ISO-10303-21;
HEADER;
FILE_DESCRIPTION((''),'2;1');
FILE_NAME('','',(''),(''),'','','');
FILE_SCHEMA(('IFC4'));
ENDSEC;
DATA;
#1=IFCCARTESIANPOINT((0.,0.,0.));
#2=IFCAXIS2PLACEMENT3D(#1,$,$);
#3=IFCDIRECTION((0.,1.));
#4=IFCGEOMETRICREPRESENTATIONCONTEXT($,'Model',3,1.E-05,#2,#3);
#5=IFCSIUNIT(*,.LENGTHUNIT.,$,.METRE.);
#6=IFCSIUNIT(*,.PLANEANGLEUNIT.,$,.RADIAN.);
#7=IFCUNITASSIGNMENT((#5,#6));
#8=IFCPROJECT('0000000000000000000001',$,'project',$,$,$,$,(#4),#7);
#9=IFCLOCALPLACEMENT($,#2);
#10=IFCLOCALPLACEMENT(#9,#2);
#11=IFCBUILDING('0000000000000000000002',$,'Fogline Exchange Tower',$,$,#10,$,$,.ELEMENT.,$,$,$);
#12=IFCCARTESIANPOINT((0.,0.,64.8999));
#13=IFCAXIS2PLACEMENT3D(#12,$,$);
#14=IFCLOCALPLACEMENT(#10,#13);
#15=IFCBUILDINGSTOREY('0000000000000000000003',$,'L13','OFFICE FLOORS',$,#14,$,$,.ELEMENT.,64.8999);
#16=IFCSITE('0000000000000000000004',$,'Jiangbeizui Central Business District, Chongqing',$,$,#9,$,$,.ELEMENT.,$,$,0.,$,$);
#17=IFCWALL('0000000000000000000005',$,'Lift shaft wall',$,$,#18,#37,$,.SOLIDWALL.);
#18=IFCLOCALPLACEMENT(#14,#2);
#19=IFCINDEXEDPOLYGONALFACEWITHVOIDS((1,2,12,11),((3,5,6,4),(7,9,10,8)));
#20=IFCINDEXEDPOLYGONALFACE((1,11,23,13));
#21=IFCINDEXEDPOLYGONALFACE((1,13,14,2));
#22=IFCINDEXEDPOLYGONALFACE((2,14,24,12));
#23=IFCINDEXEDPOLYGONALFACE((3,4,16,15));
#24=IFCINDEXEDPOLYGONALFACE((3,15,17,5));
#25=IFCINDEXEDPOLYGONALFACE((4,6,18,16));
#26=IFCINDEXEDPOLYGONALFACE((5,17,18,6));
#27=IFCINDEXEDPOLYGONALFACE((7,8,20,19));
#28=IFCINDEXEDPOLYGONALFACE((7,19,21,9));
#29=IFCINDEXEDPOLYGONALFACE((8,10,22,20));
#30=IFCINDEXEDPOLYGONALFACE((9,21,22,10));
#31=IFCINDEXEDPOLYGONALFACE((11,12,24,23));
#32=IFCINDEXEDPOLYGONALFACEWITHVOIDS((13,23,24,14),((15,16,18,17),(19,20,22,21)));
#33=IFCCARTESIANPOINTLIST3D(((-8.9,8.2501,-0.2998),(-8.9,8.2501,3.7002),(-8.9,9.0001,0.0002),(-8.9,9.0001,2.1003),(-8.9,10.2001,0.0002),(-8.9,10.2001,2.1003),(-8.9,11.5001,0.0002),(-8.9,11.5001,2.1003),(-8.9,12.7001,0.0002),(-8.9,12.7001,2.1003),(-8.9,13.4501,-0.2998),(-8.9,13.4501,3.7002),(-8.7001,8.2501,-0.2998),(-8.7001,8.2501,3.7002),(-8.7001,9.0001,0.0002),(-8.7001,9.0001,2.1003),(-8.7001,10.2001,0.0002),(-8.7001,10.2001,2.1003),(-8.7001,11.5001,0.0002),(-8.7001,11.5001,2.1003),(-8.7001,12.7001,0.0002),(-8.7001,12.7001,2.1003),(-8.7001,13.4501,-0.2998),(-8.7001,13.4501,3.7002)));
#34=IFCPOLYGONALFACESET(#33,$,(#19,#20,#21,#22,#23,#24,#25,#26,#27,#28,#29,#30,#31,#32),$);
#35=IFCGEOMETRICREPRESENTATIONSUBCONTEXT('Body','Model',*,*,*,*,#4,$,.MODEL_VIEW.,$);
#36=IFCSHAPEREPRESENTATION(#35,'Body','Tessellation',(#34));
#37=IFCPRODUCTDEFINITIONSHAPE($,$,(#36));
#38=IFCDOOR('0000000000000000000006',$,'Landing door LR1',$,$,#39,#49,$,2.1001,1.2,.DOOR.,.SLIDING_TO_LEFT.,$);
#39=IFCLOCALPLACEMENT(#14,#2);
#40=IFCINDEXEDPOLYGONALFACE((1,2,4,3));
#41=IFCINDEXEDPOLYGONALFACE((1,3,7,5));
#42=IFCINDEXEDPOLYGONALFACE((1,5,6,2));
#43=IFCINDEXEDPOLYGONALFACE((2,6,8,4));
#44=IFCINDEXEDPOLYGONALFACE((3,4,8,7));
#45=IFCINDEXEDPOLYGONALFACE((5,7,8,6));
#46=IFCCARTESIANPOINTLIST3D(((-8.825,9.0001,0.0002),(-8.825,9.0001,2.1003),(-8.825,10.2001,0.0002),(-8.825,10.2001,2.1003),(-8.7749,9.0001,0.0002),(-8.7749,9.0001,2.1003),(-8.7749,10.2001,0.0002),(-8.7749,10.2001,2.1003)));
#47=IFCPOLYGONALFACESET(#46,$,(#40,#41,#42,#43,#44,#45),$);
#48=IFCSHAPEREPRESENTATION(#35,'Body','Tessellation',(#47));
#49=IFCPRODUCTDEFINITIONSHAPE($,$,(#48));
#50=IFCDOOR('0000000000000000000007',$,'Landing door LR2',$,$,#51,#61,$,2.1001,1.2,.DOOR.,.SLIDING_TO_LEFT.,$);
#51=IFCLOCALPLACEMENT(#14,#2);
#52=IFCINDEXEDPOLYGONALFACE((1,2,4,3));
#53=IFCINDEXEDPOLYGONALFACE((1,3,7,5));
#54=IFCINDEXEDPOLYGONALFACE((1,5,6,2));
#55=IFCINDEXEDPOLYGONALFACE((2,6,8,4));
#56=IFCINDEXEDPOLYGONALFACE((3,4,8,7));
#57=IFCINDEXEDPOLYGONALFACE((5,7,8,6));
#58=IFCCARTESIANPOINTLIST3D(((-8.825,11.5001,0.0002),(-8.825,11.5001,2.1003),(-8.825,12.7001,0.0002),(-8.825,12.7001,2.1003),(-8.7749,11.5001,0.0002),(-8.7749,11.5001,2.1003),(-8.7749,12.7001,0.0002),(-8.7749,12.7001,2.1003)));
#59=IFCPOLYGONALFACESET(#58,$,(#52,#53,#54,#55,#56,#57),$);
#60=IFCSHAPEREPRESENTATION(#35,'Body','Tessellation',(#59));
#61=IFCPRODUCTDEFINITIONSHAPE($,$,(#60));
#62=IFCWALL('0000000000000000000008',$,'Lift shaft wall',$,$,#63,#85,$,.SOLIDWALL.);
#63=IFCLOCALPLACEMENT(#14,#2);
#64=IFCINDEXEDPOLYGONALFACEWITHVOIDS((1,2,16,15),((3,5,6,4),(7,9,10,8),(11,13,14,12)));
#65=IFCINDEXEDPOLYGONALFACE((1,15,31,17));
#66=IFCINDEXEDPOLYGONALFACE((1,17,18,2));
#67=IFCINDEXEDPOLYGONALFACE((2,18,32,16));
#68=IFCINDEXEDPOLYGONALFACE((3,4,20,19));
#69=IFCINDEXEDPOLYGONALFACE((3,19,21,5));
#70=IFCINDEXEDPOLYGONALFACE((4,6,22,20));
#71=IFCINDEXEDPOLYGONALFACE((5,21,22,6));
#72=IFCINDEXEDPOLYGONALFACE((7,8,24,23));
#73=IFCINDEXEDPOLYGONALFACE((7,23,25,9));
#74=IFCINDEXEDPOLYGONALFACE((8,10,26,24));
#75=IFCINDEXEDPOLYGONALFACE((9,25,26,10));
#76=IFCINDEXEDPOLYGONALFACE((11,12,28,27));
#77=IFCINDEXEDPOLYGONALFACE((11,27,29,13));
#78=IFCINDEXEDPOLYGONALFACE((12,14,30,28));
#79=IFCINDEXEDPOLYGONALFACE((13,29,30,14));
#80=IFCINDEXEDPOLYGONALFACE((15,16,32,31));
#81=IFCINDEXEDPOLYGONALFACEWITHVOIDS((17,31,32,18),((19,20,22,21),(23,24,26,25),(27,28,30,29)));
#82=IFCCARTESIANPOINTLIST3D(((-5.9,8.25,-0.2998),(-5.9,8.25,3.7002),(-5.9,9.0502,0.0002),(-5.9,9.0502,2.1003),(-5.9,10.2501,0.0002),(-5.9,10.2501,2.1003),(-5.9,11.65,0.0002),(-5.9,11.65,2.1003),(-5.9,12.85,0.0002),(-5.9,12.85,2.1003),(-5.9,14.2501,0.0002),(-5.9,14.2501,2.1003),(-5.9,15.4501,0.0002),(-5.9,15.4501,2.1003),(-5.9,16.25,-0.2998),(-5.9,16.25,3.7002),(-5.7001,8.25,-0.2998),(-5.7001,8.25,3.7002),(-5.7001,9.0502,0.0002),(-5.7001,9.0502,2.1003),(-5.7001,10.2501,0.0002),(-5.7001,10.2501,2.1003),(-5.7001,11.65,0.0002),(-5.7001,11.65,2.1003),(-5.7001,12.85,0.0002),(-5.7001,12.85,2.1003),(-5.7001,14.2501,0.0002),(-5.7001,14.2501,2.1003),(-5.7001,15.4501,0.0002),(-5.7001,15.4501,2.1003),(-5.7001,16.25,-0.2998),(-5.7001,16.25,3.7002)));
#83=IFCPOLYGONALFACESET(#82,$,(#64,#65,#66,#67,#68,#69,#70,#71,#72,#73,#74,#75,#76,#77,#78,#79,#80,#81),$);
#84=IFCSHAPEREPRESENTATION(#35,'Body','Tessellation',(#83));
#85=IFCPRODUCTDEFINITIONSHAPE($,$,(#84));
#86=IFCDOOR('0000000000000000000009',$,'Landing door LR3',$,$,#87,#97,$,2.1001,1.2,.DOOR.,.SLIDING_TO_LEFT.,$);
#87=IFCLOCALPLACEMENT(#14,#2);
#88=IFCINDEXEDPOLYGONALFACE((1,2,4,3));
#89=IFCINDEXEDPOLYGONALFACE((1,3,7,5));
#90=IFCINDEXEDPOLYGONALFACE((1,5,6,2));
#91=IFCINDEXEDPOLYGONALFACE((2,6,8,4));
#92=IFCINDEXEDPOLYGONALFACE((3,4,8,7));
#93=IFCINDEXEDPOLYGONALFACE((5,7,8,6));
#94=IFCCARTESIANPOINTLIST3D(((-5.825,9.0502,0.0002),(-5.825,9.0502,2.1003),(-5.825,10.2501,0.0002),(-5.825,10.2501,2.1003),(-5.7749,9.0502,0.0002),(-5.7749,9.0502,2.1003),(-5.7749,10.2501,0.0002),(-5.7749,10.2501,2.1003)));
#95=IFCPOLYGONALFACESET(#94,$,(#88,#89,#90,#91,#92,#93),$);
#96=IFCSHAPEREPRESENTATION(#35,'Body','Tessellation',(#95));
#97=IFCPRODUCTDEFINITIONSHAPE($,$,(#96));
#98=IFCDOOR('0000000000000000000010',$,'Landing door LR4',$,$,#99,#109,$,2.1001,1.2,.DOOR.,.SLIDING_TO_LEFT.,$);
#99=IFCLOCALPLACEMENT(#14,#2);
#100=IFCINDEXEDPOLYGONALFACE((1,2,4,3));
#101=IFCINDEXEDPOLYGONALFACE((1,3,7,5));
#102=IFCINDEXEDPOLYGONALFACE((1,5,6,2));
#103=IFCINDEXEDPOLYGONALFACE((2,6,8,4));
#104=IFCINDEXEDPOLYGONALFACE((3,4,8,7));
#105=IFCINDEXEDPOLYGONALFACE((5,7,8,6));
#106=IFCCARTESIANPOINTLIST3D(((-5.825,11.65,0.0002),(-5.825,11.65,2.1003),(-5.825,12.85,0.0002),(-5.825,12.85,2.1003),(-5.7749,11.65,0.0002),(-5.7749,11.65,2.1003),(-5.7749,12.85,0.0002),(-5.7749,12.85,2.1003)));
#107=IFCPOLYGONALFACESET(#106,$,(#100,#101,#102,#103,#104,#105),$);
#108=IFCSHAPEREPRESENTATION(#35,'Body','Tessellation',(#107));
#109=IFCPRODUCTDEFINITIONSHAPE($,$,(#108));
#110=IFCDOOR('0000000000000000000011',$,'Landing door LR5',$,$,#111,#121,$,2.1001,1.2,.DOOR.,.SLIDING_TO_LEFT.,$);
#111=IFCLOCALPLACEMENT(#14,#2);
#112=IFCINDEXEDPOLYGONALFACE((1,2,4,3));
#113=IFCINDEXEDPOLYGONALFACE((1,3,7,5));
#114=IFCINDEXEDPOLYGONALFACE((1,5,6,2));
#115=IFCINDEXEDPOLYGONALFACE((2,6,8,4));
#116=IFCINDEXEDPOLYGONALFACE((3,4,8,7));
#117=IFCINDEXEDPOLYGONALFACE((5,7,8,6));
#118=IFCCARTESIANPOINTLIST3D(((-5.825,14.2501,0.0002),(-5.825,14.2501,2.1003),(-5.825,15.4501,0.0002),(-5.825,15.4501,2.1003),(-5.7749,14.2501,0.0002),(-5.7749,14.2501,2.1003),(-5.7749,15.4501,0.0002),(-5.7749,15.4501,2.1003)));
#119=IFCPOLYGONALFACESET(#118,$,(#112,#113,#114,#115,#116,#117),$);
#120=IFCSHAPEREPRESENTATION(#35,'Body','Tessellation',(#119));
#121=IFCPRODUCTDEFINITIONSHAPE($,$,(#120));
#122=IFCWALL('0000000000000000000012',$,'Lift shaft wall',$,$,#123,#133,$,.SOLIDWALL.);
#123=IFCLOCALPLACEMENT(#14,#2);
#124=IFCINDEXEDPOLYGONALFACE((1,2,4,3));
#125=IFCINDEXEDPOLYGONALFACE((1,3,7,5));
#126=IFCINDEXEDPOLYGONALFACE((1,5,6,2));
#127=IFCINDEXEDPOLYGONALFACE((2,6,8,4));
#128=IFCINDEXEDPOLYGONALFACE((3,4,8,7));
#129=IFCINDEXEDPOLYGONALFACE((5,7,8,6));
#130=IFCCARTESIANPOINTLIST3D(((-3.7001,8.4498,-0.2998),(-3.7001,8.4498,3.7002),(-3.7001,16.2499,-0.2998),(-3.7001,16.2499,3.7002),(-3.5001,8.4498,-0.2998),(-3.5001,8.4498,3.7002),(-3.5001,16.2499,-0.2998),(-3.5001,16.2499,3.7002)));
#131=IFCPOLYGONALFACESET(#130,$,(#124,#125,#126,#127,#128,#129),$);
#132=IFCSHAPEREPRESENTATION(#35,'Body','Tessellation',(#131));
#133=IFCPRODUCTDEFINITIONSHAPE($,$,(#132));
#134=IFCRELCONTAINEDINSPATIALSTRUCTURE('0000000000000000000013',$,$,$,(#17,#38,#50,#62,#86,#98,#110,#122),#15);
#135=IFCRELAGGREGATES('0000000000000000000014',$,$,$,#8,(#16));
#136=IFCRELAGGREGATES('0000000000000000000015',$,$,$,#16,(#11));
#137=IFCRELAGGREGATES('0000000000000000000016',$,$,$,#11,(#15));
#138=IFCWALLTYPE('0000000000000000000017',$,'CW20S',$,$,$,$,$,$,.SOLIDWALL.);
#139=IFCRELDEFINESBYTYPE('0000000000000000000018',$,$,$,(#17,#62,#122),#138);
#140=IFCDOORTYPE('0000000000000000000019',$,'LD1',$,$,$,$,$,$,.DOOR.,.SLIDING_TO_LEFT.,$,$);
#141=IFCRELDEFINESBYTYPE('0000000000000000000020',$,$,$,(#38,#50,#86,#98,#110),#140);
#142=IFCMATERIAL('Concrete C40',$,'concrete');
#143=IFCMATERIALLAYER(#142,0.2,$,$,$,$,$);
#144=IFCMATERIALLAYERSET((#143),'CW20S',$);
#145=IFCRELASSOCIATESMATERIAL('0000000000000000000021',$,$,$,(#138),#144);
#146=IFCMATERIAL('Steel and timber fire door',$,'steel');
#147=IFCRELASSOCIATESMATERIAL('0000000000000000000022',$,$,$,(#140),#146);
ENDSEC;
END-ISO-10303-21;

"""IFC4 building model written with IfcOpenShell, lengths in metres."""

from ifc_helpers import new_model, si_unit, direction, frame, frame_2d, origin, place, context, subcontext, project, spatial, rectangle, extrude, material, layer, layer_set, type_object, element, fill, save


model = new_model("IFC4")

# Units and contexts
model_context = context("Model", 3, precision=1e-05, world=origin(), true_north=direction((0.0, 1.0)))
body_context = subcontext(model_context, "Body", "Model", "MODEL_VIEW")
ifc_project = project(units=[si_unit("LENGTHUNIT", "METRE"), si_unit("PLANEANGLEUNIT", "RADIAN")], contexts=[model_context])

# Site, building, storey
site_placement = place(None, origin())
site = spatial("IfcSite", under=ifc_project, at=site_placement, Name="Jiangbeizui Central Business District, Chongqing", CompositionType="ELEMENT", RefElevation=0.0)
building_placement = place(site_placement, origin())
building = spatial("IfcBuilding", under=site, at=building_placement, Name="Fogline Exchange Tower", CompositionType="ELEMENT")
storey_placement = place(building_placement, frame((0.0, 0.0, 64.8999)))
storey = spatial("IfcBuildingStorey", under=building, at=storey_placement, Name="L13", Description="OFFICE FLOORS", CompositionType="ELEMENT", Elevation=64.8999)

# Shared definitions
ifc_material_1 = material(Name="Steel and timber fire door", Category="steel")

# Shared definitions
ifc_material_2 = material(Name="Concrete C40", Category="concrete")

# Walls, openings, doors
ifc_layer_1 = layer(ifc_material_2, 0.2)
ifc_layer_set_1 = layer_set([ifc_layer_1], Name="CW20S")
wall_type_1 = type_object("IfcWallType", Name="CW20S", PredefinedType="SOLIDWALL", material=ifc_layer_set_1)
wall_1_placement = place(storey_placement, frame((-8.8, 8.25, -0.2998), z_axis=(0.0, 0.0, 1.0), x_axis=(0.0, 1.0, 0.0)))
wall_1 = element("IfcWall", 1, at=wall_1_placement, inside=storey, type_object=wall_type_1, Name="Lift shaft wall", PredefinedType="SOLIDWALL", context=body_context, shape_type="SweptSolid", body=[
    extrude(rectangle(XDim=5.2, YDim=0.2, at=frame_2d((2.6001, 0.0))), origin(), (0.0, 0.0, 1.0), 4.0),
])
opening_1_placement = place(wall_1_placement, frame((0.75, 0.0, 0.3)))
opening_1 = element("IfcOpeningElement", 2, at=opening_1_placement, cuts=wall_1, PredefinedType="OPENING", context=body_context, shape_type="SweptSolid", body=[
    extrude(rectangle(XDim=1.2, YDim=2.1001, at=frame_2d((0.6001, 1.05))), frame((0.0, 0.1099, 0.0), z_axis=(0.0, -1.0, 0.0), x_axis=(1.0, 0.0, 0.0)), (0.0, 0.0, 1.0), 0.22),
])
opening_2_placement = place(wall_1_placement, frame((3.25, 0.0, 0.3)))
opening_2 = element("IfcOpeningElement", 3, at=opening_2_placement, cuts=wall_1, PredefinedType="OPENING", context=body_context, shape_type="SweptSolid", body=[
    extrude(rectangle(XDim=1.2, YDim=2.1001, at=frame_2d((0.6001, 1.05))), frame((0.0, 0.1099, 0.0), z_axis=(0.0, -1.0, 0.0), x_axis=(1.0, 0.0, 0.0)), (0.0, 0.0, 1.0), 0.22),
])
door_type_1 = type_object("IfcDoorType", Name="LD1", OperationType="SLIDING_TO_LEFT", PredefinedType="DOOR", material=ifc_material_1)
door_1_placement = place(opening_1_placement, origin())
door_1 = element("IfcDoor", 4, at=door_1_placement, inside=storey, type_object=door_type_1, Name="Landing door LR1", OperationType="SLIDING_TO_LEFT", OverallHeight=2.1001, OverallWidth=1.2, PredefinedType="DOOR", context=body_context, shape_type="SweptSolid", body=[
    extrude(rectangle(XDim=1.2, YDim=2.1001, at=frame_2d((0.6001, 1.05))), frame((0.0, 0.0249, 0.0), z_axis=(0.0, -1.0, 0.0), x_axis=(1.0, 0.0, 0.0)), (0.0, 0.0, 1.0), 0.05),
])
fill(opening_1, door_1)
door_2_placement = place(opening_2_placement, origin())
door_2 = element("IfcDoor", 5, at=door_2_placement, inside=storey, type_object=door_type_1, Name="Landing door LR2", OperationType="SLIDING_TO_LEFT", OverallHeight=2.1001, OverallWidth=1.2, PredefinedType="DOOR", context=body_context, shape_type="SweptSolid", body=[
    extrude(rectangle(XDim=1.2, YDim=2.1001, at=frame_2d((0.6001, 1.05))), frame((0.0, 0.0249, 0.0), z_axis=(0.0, -1.0, 0.0), x_axis=(1.0, 0.0, 0.0)), (0.0, 0.0, 1.0), 0.05),
])
fill(opening_2, door_2)
wall_2_placement = place(storey_placement, frame((-5.8, 8.25, -0.2998), z_axis=(0.0, 0.0, 1.0), x_axis=(0.0, 1.0, 0.0)))
wall_2 = element("IfcWall", 6, at=wall_2_placement, inside=storey, type_object=wall_type_1, Name="Lift shaft wall", PredefinedType="SOLIDWALL", context=body_context, shape_type="SweptSolid", body=[
    extrude(rectangle(XDim=8.0, YDim=0.2, at=frame_2d((4.0, 0.0))), origin(), (0.0, 0.0, 1.0), 4.0),
])
opening_3_placement = place(wall_2_placement, frame((0.8, 0.0, 0.3)))
opening_3 = element("IfcOpeningElement", 7, at=opening_3_placement, cuts=wall_2, PredefinedType="OPENING", context=body_context, shape_type="SweptSolid", body=[
    extrude(rectangle(XDim=1.2, YDim=2.1001, at=frame_2d((0.6001, 1.05))), frame((0.0, 0.1099, 0.0), z_axis=(0.0, -1.0, 0.0), x_axis=(1.0, 0.0, 0.0)), (0.0, 0.0, 1.0), 0.22),
])
opening_4_placement = place(wall_2_placement, frame((3.3999, 0.0, 0.3)))
opening_4 = element("IfcOpeningElement", 8, at=opening_4_placement, cuts=wall_2, PredefinedType="OPENING", context=body_context, shape_type="SweptSolid", body=[
    extrude(rectangle(XDim=1.2, YDim=2.1001, at=frame_2d((0.6001, 1.05))), frame((0.0, 0.1099, 0.0), z_axis=(0.0, -1.0, 0.0), x_axis=(1.0, 0.0, 0.0)), (0.0, 0.0, 1.0), 0.22),
])
opening_5_placement = place(wall_2_placement, frame((6.0, 0.0, 0.3)))
opening_5 = element("IfcOpeningElement", 9, at=opening_5_placement, cuts=wall_2, PredefinedType="OPENING", context=body_context, shape_type="SweptSolid", body=[
    extrude(rectangle(XDim=1.2, YDim=2.1001, at=frame_2d((0.6001, 1.05))), frame((0.0, 0.1099, 0.0), z_axis=(0.0, -1.0, 0.0), x_axis=(1.0, 0.0, 0.0)), (0.0, 0.0, 1.0), 0.22),
])
door_3_placement = place(opening_3_placement, origin())
door_3 = element("IfcDoor", 10, at=door_3_placement, inside=storey, type_object=door_type_1, Name="Landing door LR3", OperationType="SLIDING_TO_LEFT", OverallHeight=2.1001, OverallWidth=1.2, PredefinedType="DOOR", context=body_context, shape_type="SweptSolid", body=[
    extrude(rectangle(XDim=1.2, YDim=2.1001, at=frame_2d((0.6001, 1.05))), frame((0.0, 0.0249, 0.0), z_axis=(0.0, -1.0, 0.0), x_axis=(1.0, 0.0, 0.0)), (0.0, 0.0, 1.0), 0.05),
])
fill(opening_3, door_3)
door_4_placement = place(opening_4_placement, origin())
door_4 = element("IfcDoor", 11, at=door_4_placement, inside=storey, type_object=door_type_1, Name="Landing door LR4", OperationType="SLIDING_TO_LEFT", OverallHeight=2.1001, OverallWidth=1.2, PredefinedType="DOOR", context=body_context, shape_type="SweptSolid", body=[
    extrude(rectangle(XDim=1.2, YDim=2.1001, at=frame_2d((0.6001, 1.05))), frame((0.0, 0.0249, 0.0), z_axis=(0.0, -1.0, 0.0), x_axis=(1.0, 0.0, 0.0)), (0.0, 0.0, 1.0), 0.05),
])
fill(opening_4, door_4)
door_5_placement = place(opening_5_placement, origin())
door_5 = element("IfcDoor", 12, at=door_5_placement, inside=storey, type_object=door_type_1, Name="Landing door LR5", OperationType="SLIDING_TO_LEFT", OverallHeight=2.1001, OverallWidth=1.2, PredefinedType="DOOR", context=body_context, shape_type="SweptSolid", body=[
    extrude(rectangle(XDim=1.2, YDim=2.1001, at=frame_2d((0.6001, 1.05))), frame((0.0, 0.0249, 0.0), z_axis=(0.0, -1.0, 0.0), x_axis=(1.0, 0.0, 0.0)), (0.0, 0.0, 1.0), 0.05),
])
fill(opening_5, door_5)

# Wall
wall_3_placement = place(storey_placement, frame((-3.6001, 8.45, -0.2998), z_axis=(0.0, 0.0, 1.0), x_axis=(0.0, 1.0, 0.0)))
element("IfcWall", 13, at=wall_3_placement, inside=storey, type_object=wall_type_1, Name="Lift shaft wall", PredefinedType="SOLIDWALL", context=body_context, shape_type="SweptSolid", body=[
    extrude(rectangle(XDim=7.8, YDim=0.2, at=frame_2d((3.8999, 0.0))), origin(), (0.0, 0.0, 1.0), 4.0),
])

save(model, "model.ifc")
